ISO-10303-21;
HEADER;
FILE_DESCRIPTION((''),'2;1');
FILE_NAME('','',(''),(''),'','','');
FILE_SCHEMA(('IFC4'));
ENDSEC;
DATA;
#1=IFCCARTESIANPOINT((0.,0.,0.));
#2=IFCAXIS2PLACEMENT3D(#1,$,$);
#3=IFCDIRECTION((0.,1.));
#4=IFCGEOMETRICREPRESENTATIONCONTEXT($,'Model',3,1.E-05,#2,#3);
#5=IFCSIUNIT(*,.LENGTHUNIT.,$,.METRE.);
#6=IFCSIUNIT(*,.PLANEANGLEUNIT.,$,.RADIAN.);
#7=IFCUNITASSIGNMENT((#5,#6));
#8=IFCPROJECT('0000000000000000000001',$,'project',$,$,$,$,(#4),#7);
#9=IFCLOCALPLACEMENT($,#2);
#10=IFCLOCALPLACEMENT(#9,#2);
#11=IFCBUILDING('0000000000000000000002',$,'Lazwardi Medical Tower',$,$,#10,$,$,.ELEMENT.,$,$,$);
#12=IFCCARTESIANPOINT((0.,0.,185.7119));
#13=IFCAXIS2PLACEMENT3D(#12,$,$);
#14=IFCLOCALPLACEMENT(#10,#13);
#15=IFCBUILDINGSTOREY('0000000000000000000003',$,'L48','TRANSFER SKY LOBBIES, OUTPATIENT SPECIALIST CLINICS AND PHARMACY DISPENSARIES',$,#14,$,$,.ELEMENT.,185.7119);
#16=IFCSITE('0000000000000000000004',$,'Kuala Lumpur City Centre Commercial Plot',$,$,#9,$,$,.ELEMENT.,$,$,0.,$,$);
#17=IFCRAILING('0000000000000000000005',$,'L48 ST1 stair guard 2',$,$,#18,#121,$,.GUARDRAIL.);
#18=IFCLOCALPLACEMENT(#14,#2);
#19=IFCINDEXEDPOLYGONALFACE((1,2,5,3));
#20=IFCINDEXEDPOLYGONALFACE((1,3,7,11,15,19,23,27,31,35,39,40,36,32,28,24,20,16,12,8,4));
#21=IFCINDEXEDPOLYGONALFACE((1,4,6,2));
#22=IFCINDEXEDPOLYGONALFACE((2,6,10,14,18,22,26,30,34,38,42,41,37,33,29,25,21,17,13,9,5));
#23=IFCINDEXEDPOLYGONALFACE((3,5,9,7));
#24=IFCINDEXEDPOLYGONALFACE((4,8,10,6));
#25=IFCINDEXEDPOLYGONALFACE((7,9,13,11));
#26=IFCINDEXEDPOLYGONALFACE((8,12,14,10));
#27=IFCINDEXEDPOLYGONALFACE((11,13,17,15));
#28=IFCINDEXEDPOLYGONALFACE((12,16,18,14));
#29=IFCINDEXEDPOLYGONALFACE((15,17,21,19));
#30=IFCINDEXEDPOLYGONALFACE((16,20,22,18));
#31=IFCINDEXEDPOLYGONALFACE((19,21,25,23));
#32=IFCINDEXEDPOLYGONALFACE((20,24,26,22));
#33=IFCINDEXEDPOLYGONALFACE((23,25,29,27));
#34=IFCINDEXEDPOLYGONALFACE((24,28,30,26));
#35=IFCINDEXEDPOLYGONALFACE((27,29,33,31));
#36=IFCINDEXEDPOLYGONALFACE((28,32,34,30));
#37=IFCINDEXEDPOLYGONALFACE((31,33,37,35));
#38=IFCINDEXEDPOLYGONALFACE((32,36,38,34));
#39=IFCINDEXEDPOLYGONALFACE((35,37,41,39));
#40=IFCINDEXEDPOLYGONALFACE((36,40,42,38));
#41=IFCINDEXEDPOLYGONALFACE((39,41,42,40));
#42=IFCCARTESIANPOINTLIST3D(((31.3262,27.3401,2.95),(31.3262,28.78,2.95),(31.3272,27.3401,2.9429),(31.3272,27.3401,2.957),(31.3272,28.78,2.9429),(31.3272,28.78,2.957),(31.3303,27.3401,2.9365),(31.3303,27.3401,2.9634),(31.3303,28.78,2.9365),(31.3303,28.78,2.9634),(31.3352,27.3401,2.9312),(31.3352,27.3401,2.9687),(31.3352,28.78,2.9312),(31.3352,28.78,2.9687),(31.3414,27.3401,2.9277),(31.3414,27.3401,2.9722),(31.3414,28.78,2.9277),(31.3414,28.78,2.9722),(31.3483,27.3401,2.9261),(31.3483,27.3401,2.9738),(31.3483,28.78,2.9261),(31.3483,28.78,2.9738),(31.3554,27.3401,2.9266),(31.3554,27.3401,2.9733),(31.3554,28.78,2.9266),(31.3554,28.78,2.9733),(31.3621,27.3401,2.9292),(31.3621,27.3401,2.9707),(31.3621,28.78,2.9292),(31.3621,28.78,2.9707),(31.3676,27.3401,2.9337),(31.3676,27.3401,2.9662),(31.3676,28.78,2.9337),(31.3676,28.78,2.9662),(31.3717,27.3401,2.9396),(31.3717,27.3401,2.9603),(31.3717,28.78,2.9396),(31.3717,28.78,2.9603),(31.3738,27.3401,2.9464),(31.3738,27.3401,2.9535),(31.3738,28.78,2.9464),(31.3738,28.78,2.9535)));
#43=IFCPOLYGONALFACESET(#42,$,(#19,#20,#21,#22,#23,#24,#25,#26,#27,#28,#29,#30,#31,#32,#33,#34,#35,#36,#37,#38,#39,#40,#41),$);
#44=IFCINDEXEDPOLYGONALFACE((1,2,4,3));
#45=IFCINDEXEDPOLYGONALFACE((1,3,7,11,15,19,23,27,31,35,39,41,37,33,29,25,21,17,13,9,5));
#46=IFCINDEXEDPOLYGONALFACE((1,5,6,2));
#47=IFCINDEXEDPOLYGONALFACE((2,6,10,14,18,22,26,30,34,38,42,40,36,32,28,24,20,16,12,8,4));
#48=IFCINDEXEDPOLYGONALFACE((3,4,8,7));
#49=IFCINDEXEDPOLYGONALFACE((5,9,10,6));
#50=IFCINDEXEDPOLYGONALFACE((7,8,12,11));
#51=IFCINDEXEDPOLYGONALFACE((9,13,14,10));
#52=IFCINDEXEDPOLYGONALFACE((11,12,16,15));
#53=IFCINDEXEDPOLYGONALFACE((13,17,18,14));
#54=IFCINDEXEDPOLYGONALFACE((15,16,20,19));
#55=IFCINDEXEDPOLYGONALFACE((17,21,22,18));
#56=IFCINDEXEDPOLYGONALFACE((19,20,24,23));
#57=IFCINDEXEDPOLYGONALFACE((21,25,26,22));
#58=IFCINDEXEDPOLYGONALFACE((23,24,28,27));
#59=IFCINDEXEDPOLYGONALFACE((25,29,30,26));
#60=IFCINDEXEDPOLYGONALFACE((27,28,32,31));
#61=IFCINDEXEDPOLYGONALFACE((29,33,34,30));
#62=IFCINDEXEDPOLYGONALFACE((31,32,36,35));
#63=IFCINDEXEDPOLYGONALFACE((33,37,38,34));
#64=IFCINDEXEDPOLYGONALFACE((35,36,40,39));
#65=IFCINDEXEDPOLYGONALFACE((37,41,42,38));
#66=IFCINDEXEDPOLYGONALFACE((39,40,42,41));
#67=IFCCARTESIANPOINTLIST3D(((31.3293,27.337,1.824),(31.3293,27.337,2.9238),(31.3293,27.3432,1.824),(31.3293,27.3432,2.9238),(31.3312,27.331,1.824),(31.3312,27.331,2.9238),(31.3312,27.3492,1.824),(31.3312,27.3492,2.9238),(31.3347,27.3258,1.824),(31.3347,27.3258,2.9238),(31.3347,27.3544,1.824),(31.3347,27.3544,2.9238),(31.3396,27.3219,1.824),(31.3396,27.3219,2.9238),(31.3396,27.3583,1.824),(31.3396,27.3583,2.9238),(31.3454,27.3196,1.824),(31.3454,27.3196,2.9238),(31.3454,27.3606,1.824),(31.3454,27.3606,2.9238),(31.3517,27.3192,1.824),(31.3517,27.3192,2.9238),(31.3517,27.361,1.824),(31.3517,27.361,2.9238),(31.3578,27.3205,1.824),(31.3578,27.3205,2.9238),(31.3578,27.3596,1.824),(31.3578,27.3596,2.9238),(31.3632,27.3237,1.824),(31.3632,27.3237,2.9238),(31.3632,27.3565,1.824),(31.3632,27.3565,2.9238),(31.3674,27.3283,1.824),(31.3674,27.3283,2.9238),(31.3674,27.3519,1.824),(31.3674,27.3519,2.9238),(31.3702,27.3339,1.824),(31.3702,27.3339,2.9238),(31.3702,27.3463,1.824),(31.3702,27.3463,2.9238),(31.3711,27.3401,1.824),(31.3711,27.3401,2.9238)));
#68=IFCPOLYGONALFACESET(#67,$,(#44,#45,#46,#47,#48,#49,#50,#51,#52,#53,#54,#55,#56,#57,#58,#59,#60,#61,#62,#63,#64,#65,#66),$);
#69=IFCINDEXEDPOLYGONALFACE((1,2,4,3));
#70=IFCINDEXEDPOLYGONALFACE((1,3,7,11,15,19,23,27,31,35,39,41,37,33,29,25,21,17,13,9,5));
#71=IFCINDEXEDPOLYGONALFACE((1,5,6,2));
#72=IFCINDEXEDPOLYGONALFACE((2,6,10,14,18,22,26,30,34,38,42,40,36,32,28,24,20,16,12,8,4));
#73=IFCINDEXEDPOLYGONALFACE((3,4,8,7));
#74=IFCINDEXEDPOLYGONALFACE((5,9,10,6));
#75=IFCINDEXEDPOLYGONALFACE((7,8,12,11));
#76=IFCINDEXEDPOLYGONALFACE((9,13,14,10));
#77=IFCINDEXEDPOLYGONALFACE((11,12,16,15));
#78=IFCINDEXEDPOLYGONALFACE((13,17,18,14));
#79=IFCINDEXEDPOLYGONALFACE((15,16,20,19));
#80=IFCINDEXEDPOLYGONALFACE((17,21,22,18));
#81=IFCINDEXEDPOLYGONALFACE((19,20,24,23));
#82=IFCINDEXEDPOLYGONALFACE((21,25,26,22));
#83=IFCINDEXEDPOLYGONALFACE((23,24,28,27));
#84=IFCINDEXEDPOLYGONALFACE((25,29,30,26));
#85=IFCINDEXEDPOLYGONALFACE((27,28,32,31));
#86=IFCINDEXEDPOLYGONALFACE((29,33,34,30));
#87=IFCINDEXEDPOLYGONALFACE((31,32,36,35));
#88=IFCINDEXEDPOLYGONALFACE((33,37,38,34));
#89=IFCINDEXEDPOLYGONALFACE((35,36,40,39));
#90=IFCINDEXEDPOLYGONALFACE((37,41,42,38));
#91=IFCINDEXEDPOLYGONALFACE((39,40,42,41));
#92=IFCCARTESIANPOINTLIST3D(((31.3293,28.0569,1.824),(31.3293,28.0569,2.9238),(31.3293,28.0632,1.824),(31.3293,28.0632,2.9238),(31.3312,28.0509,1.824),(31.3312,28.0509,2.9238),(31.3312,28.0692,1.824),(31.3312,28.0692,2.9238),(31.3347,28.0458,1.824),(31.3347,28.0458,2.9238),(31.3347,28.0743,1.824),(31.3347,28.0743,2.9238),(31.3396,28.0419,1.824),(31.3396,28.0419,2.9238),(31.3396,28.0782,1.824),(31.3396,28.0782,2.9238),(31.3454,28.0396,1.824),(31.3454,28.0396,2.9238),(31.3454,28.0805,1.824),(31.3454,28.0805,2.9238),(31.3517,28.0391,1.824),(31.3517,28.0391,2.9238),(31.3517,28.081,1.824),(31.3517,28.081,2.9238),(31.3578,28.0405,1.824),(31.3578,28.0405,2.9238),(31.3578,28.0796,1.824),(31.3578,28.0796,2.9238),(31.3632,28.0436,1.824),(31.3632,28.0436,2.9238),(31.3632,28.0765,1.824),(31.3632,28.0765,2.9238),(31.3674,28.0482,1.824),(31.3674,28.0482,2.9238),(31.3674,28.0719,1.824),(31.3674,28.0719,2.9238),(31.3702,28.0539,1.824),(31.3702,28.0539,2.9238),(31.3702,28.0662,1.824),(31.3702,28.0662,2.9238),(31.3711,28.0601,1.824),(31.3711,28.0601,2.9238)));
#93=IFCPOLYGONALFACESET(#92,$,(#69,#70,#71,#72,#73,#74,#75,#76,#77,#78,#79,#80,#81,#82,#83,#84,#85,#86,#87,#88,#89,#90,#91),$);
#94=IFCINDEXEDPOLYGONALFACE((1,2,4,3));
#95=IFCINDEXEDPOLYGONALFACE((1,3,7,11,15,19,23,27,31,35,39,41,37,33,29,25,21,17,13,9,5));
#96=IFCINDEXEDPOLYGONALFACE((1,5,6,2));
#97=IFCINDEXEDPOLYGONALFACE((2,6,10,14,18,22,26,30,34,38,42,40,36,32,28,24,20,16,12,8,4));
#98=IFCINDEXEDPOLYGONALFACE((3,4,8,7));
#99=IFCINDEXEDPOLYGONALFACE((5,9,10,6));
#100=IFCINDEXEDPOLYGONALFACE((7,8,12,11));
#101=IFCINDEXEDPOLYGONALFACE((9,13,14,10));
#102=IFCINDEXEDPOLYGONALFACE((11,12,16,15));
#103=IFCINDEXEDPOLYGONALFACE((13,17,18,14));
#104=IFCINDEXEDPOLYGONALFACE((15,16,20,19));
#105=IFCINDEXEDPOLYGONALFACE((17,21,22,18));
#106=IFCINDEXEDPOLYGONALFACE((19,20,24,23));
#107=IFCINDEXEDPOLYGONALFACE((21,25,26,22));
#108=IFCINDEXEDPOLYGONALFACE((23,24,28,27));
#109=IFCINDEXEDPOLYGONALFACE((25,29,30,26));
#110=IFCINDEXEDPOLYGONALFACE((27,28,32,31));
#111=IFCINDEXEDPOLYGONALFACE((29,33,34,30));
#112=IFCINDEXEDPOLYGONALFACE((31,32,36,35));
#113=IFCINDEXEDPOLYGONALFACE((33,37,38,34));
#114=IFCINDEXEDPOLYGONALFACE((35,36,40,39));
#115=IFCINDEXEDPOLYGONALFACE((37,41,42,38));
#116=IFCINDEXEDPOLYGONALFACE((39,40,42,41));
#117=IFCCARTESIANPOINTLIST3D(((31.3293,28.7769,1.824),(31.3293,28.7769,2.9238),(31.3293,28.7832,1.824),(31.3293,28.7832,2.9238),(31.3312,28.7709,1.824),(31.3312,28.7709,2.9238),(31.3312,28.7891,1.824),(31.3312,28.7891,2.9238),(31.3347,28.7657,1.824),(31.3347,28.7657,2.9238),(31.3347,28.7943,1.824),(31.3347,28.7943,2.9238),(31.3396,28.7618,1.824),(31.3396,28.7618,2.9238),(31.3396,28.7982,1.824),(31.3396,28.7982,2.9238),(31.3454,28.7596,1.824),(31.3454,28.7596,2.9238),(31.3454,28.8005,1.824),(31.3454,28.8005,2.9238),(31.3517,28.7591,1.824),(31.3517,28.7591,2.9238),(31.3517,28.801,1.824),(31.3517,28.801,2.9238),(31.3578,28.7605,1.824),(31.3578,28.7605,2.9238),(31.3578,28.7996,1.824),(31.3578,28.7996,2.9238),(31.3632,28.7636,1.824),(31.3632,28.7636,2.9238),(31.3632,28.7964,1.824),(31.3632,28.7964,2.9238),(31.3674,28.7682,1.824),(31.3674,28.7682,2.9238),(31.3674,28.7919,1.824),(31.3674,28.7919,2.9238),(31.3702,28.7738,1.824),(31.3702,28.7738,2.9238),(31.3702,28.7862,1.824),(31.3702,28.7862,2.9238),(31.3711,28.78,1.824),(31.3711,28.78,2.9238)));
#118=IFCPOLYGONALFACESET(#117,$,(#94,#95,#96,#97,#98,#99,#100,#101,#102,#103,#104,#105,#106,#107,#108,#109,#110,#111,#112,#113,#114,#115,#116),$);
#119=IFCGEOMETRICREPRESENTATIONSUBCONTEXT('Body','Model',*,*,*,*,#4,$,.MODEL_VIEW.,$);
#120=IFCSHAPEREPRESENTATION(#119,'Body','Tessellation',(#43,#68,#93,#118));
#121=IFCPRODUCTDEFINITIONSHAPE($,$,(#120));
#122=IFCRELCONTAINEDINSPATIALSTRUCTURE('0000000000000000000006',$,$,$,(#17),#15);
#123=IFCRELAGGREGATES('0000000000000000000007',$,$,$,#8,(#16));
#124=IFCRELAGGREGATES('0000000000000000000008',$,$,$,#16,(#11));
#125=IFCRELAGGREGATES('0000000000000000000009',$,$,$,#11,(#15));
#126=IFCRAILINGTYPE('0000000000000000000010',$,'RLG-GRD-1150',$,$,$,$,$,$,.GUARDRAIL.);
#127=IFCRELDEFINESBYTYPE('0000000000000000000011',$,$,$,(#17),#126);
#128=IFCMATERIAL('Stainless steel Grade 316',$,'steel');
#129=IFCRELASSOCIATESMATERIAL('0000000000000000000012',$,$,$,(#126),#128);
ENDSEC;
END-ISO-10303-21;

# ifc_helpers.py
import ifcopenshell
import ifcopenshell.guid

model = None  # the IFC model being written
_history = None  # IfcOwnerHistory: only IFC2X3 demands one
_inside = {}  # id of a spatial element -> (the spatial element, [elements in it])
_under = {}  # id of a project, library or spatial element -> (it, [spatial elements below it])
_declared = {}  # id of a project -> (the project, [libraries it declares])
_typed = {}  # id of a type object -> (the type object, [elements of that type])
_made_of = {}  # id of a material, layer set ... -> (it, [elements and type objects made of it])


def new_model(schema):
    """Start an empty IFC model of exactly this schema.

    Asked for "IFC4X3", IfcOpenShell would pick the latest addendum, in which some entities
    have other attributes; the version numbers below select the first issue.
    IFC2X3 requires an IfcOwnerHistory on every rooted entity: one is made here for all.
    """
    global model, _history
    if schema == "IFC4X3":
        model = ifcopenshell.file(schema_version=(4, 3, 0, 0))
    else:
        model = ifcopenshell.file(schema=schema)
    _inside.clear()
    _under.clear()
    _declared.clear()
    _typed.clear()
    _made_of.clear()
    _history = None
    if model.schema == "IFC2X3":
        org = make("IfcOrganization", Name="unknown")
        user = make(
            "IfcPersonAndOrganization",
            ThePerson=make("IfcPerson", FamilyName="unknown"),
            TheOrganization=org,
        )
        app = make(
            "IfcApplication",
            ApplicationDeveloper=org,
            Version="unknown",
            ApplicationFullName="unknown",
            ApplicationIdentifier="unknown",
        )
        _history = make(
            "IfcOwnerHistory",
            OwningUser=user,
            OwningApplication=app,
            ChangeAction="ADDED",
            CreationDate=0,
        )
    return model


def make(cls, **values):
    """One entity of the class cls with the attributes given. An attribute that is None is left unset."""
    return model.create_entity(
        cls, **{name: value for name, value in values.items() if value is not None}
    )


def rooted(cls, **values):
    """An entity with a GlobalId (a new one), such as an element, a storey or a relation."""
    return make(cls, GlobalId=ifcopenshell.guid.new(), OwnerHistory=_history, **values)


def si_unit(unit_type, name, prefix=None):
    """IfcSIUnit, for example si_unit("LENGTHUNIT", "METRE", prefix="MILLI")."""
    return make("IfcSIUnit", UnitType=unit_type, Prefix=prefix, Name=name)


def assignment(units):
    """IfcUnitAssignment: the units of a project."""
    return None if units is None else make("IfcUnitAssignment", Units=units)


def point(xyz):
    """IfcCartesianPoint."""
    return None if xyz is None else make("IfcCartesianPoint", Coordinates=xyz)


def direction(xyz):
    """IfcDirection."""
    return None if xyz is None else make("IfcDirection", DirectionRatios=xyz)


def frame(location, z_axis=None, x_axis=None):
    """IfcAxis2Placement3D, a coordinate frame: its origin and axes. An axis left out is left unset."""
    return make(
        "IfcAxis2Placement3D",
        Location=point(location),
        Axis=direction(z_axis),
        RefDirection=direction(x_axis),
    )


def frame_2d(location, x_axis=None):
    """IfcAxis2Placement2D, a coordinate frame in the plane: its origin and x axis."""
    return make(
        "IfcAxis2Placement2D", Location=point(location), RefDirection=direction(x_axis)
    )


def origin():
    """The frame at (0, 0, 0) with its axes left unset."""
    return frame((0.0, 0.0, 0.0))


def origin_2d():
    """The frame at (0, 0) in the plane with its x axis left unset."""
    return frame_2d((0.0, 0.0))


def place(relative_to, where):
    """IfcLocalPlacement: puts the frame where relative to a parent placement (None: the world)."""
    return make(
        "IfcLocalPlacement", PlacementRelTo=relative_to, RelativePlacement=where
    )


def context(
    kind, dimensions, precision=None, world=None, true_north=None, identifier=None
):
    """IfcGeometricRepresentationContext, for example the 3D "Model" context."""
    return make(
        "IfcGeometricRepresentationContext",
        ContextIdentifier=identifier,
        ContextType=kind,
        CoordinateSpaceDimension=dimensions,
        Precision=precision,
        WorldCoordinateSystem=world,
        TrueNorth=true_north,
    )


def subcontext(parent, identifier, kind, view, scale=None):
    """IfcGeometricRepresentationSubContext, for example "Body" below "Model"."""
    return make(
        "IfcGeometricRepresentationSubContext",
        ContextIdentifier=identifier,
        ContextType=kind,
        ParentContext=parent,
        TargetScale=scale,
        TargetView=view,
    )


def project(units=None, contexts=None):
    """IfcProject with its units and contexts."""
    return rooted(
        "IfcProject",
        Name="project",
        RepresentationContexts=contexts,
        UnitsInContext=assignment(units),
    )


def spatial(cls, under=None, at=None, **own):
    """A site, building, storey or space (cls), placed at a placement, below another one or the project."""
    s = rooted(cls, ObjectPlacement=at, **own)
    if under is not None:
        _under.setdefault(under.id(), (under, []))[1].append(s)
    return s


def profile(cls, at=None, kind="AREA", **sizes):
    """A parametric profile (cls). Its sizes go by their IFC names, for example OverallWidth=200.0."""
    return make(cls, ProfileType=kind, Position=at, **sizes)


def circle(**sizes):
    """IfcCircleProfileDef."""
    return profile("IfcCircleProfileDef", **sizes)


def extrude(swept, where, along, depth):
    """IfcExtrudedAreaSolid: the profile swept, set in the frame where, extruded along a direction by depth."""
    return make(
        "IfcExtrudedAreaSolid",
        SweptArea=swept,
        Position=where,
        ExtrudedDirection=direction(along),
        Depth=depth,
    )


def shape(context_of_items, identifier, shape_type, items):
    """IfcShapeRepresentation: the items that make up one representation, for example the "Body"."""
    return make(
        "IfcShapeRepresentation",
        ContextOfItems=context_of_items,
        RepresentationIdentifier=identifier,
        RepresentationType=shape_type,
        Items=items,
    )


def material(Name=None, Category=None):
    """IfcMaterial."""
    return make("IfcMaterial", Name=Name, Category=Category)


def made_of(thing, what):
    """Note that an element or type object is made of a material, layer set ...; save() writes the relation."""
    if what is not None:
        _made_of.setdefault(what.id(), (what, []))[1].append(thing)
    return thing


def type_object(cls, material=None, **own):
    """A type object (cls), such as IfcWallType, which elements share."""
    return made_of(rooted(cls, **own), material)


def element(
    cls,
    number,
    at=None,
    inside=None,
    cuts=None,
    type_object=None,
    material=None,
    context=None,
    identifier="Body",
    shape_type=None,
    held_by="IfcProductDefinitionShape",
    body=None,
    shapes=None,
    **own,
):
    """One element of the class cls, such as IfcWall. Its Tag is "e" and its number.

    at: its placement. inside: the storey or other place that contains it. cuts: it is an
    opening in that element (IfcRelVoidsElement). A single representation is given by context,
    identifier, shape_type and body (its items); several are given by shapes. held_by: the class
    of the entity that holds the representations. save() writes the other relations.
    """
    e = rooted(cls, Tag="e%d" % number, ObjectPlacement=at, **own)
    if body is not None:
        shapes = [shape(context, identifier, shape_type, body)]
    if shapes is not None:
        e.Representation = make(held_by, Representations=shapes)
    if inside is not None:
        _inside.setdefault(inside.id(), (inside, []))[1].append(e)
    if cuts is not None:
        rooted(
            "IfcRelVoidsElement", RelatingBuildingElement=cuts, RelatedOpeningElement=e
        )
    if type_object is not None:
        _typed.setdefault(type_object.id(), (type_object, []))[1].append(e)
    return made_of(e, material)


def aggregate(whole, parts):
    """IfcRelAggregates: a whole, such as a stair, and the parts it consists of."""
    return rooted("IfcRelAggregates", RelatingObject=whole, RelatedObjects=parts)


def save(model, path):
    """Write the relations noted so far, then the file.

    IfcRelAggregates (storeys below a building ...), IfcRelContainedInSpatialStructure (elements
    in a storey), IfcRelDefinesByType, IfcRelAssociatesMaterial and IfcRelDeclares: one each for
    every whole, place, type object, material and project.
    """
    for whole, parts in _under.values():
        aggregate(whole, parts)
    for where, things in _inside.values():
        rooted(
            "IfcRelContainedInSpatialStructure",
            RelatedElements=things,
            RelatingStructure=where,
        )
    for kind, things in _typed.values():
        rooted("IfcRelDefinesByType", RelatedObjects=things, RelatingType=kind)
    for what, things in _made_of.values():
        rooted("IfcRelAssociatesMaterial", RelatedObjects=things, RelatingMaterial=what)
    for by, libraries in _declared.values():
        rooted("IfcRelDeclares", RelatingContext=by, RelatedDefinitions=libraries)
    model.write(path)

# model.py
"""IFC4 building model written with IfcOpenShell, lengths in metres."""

from ifc_helpers import new_model, si_unit, direction, frame, origin, origin_2d, place, context, subcontext, project, spatial, circle, extrude, material, type_object, element, save


model = new_model("IFC4")

# Units and contexts
model_context = context("Model", 3, precision=1e-05, world=origin(), true_north=direction((0.0, 1.0)))
body_context = subcontext(model_context, "Body", "Model", "MODEL_VIEW")
ifc_project = project(units=[si_unit("LENGTHUNIT", "METRE"), si_unit("PLANEANGLEUNIT", "RADIAN")], contexts=[model_context])

# Site, building, storey
site_placement = place(None, origin())
site = spatial("IfcSite", under=ifc_project, at=site_placement, Name="Kuala Lumpur City Centre Commercial Plot", CompositionType="ELEMENT", RefElevation=0.0)
building_placement = place(site_placement, origin())
building = spatial("IfcBuilding", under=site, at=building_placement, Name="Lazwardi Medical Tower", CompositionType="ELEMENT")
storey_placement = place(building_placement, frame((0.0, 0.0, 185.7119)))
storey = spatial("IfcBuildingStorey", under=building, at=storey_placement, Name="L48", Description="TRANSFER SKY LOBBIES, OUTPATIENT SPECIALIST CLINICS AND PHARMACY DISPENSARIES", CompositionType="ELEMENT", Elevation=185.7119)

# Railing
ifc_material_1 = material(Name="Stainless steel Grade 316", Category="steel")
railing_type_1 = type_object("IfcRailingType", Name="RLG-GRD-1150", PredefinedType="GUARDRAIL", material=ifc_material_1)
railing_1_placement = place(storey_placement, frame((31.3501, 27.3401, 1.824)))
element("IfcRailing", 1, at=railing_1_placement, inside=storey, type_object=railing_type_1, Name="L48 ST1 stair guard 2", PredefinedType="GUARDRAIL", context=body_context, shape_type="SweptSolid", body=[
    extrude(circle(Radius=0.0239, at=origin_2d()), frame((0.0, 0.0, 1.126), z_axis=(0.0, 1.0, 0.0), x_axis=(-1.0, 0.0, 0.0)), (0.0, 0.0, 1.0), 1.4399),
    extrude(circle(Radius=0.021, at=origin_2d()), origin(), (0.0, 0.0, 1.0), 1.0999),
    extrude(circle(Radius=0.021, at=origin_2d()), frame((0.0, 0.72, 0.0)), (0.0, 0.0, 1.0), 1.0999),
    extrude(circle(Radius=0.021, at=origin_2d()), frame((0.0, 1.4399, 0.0)), (0.0, 0.0, 1.0), 1.0999),
])

save(model, "model.ifc")
